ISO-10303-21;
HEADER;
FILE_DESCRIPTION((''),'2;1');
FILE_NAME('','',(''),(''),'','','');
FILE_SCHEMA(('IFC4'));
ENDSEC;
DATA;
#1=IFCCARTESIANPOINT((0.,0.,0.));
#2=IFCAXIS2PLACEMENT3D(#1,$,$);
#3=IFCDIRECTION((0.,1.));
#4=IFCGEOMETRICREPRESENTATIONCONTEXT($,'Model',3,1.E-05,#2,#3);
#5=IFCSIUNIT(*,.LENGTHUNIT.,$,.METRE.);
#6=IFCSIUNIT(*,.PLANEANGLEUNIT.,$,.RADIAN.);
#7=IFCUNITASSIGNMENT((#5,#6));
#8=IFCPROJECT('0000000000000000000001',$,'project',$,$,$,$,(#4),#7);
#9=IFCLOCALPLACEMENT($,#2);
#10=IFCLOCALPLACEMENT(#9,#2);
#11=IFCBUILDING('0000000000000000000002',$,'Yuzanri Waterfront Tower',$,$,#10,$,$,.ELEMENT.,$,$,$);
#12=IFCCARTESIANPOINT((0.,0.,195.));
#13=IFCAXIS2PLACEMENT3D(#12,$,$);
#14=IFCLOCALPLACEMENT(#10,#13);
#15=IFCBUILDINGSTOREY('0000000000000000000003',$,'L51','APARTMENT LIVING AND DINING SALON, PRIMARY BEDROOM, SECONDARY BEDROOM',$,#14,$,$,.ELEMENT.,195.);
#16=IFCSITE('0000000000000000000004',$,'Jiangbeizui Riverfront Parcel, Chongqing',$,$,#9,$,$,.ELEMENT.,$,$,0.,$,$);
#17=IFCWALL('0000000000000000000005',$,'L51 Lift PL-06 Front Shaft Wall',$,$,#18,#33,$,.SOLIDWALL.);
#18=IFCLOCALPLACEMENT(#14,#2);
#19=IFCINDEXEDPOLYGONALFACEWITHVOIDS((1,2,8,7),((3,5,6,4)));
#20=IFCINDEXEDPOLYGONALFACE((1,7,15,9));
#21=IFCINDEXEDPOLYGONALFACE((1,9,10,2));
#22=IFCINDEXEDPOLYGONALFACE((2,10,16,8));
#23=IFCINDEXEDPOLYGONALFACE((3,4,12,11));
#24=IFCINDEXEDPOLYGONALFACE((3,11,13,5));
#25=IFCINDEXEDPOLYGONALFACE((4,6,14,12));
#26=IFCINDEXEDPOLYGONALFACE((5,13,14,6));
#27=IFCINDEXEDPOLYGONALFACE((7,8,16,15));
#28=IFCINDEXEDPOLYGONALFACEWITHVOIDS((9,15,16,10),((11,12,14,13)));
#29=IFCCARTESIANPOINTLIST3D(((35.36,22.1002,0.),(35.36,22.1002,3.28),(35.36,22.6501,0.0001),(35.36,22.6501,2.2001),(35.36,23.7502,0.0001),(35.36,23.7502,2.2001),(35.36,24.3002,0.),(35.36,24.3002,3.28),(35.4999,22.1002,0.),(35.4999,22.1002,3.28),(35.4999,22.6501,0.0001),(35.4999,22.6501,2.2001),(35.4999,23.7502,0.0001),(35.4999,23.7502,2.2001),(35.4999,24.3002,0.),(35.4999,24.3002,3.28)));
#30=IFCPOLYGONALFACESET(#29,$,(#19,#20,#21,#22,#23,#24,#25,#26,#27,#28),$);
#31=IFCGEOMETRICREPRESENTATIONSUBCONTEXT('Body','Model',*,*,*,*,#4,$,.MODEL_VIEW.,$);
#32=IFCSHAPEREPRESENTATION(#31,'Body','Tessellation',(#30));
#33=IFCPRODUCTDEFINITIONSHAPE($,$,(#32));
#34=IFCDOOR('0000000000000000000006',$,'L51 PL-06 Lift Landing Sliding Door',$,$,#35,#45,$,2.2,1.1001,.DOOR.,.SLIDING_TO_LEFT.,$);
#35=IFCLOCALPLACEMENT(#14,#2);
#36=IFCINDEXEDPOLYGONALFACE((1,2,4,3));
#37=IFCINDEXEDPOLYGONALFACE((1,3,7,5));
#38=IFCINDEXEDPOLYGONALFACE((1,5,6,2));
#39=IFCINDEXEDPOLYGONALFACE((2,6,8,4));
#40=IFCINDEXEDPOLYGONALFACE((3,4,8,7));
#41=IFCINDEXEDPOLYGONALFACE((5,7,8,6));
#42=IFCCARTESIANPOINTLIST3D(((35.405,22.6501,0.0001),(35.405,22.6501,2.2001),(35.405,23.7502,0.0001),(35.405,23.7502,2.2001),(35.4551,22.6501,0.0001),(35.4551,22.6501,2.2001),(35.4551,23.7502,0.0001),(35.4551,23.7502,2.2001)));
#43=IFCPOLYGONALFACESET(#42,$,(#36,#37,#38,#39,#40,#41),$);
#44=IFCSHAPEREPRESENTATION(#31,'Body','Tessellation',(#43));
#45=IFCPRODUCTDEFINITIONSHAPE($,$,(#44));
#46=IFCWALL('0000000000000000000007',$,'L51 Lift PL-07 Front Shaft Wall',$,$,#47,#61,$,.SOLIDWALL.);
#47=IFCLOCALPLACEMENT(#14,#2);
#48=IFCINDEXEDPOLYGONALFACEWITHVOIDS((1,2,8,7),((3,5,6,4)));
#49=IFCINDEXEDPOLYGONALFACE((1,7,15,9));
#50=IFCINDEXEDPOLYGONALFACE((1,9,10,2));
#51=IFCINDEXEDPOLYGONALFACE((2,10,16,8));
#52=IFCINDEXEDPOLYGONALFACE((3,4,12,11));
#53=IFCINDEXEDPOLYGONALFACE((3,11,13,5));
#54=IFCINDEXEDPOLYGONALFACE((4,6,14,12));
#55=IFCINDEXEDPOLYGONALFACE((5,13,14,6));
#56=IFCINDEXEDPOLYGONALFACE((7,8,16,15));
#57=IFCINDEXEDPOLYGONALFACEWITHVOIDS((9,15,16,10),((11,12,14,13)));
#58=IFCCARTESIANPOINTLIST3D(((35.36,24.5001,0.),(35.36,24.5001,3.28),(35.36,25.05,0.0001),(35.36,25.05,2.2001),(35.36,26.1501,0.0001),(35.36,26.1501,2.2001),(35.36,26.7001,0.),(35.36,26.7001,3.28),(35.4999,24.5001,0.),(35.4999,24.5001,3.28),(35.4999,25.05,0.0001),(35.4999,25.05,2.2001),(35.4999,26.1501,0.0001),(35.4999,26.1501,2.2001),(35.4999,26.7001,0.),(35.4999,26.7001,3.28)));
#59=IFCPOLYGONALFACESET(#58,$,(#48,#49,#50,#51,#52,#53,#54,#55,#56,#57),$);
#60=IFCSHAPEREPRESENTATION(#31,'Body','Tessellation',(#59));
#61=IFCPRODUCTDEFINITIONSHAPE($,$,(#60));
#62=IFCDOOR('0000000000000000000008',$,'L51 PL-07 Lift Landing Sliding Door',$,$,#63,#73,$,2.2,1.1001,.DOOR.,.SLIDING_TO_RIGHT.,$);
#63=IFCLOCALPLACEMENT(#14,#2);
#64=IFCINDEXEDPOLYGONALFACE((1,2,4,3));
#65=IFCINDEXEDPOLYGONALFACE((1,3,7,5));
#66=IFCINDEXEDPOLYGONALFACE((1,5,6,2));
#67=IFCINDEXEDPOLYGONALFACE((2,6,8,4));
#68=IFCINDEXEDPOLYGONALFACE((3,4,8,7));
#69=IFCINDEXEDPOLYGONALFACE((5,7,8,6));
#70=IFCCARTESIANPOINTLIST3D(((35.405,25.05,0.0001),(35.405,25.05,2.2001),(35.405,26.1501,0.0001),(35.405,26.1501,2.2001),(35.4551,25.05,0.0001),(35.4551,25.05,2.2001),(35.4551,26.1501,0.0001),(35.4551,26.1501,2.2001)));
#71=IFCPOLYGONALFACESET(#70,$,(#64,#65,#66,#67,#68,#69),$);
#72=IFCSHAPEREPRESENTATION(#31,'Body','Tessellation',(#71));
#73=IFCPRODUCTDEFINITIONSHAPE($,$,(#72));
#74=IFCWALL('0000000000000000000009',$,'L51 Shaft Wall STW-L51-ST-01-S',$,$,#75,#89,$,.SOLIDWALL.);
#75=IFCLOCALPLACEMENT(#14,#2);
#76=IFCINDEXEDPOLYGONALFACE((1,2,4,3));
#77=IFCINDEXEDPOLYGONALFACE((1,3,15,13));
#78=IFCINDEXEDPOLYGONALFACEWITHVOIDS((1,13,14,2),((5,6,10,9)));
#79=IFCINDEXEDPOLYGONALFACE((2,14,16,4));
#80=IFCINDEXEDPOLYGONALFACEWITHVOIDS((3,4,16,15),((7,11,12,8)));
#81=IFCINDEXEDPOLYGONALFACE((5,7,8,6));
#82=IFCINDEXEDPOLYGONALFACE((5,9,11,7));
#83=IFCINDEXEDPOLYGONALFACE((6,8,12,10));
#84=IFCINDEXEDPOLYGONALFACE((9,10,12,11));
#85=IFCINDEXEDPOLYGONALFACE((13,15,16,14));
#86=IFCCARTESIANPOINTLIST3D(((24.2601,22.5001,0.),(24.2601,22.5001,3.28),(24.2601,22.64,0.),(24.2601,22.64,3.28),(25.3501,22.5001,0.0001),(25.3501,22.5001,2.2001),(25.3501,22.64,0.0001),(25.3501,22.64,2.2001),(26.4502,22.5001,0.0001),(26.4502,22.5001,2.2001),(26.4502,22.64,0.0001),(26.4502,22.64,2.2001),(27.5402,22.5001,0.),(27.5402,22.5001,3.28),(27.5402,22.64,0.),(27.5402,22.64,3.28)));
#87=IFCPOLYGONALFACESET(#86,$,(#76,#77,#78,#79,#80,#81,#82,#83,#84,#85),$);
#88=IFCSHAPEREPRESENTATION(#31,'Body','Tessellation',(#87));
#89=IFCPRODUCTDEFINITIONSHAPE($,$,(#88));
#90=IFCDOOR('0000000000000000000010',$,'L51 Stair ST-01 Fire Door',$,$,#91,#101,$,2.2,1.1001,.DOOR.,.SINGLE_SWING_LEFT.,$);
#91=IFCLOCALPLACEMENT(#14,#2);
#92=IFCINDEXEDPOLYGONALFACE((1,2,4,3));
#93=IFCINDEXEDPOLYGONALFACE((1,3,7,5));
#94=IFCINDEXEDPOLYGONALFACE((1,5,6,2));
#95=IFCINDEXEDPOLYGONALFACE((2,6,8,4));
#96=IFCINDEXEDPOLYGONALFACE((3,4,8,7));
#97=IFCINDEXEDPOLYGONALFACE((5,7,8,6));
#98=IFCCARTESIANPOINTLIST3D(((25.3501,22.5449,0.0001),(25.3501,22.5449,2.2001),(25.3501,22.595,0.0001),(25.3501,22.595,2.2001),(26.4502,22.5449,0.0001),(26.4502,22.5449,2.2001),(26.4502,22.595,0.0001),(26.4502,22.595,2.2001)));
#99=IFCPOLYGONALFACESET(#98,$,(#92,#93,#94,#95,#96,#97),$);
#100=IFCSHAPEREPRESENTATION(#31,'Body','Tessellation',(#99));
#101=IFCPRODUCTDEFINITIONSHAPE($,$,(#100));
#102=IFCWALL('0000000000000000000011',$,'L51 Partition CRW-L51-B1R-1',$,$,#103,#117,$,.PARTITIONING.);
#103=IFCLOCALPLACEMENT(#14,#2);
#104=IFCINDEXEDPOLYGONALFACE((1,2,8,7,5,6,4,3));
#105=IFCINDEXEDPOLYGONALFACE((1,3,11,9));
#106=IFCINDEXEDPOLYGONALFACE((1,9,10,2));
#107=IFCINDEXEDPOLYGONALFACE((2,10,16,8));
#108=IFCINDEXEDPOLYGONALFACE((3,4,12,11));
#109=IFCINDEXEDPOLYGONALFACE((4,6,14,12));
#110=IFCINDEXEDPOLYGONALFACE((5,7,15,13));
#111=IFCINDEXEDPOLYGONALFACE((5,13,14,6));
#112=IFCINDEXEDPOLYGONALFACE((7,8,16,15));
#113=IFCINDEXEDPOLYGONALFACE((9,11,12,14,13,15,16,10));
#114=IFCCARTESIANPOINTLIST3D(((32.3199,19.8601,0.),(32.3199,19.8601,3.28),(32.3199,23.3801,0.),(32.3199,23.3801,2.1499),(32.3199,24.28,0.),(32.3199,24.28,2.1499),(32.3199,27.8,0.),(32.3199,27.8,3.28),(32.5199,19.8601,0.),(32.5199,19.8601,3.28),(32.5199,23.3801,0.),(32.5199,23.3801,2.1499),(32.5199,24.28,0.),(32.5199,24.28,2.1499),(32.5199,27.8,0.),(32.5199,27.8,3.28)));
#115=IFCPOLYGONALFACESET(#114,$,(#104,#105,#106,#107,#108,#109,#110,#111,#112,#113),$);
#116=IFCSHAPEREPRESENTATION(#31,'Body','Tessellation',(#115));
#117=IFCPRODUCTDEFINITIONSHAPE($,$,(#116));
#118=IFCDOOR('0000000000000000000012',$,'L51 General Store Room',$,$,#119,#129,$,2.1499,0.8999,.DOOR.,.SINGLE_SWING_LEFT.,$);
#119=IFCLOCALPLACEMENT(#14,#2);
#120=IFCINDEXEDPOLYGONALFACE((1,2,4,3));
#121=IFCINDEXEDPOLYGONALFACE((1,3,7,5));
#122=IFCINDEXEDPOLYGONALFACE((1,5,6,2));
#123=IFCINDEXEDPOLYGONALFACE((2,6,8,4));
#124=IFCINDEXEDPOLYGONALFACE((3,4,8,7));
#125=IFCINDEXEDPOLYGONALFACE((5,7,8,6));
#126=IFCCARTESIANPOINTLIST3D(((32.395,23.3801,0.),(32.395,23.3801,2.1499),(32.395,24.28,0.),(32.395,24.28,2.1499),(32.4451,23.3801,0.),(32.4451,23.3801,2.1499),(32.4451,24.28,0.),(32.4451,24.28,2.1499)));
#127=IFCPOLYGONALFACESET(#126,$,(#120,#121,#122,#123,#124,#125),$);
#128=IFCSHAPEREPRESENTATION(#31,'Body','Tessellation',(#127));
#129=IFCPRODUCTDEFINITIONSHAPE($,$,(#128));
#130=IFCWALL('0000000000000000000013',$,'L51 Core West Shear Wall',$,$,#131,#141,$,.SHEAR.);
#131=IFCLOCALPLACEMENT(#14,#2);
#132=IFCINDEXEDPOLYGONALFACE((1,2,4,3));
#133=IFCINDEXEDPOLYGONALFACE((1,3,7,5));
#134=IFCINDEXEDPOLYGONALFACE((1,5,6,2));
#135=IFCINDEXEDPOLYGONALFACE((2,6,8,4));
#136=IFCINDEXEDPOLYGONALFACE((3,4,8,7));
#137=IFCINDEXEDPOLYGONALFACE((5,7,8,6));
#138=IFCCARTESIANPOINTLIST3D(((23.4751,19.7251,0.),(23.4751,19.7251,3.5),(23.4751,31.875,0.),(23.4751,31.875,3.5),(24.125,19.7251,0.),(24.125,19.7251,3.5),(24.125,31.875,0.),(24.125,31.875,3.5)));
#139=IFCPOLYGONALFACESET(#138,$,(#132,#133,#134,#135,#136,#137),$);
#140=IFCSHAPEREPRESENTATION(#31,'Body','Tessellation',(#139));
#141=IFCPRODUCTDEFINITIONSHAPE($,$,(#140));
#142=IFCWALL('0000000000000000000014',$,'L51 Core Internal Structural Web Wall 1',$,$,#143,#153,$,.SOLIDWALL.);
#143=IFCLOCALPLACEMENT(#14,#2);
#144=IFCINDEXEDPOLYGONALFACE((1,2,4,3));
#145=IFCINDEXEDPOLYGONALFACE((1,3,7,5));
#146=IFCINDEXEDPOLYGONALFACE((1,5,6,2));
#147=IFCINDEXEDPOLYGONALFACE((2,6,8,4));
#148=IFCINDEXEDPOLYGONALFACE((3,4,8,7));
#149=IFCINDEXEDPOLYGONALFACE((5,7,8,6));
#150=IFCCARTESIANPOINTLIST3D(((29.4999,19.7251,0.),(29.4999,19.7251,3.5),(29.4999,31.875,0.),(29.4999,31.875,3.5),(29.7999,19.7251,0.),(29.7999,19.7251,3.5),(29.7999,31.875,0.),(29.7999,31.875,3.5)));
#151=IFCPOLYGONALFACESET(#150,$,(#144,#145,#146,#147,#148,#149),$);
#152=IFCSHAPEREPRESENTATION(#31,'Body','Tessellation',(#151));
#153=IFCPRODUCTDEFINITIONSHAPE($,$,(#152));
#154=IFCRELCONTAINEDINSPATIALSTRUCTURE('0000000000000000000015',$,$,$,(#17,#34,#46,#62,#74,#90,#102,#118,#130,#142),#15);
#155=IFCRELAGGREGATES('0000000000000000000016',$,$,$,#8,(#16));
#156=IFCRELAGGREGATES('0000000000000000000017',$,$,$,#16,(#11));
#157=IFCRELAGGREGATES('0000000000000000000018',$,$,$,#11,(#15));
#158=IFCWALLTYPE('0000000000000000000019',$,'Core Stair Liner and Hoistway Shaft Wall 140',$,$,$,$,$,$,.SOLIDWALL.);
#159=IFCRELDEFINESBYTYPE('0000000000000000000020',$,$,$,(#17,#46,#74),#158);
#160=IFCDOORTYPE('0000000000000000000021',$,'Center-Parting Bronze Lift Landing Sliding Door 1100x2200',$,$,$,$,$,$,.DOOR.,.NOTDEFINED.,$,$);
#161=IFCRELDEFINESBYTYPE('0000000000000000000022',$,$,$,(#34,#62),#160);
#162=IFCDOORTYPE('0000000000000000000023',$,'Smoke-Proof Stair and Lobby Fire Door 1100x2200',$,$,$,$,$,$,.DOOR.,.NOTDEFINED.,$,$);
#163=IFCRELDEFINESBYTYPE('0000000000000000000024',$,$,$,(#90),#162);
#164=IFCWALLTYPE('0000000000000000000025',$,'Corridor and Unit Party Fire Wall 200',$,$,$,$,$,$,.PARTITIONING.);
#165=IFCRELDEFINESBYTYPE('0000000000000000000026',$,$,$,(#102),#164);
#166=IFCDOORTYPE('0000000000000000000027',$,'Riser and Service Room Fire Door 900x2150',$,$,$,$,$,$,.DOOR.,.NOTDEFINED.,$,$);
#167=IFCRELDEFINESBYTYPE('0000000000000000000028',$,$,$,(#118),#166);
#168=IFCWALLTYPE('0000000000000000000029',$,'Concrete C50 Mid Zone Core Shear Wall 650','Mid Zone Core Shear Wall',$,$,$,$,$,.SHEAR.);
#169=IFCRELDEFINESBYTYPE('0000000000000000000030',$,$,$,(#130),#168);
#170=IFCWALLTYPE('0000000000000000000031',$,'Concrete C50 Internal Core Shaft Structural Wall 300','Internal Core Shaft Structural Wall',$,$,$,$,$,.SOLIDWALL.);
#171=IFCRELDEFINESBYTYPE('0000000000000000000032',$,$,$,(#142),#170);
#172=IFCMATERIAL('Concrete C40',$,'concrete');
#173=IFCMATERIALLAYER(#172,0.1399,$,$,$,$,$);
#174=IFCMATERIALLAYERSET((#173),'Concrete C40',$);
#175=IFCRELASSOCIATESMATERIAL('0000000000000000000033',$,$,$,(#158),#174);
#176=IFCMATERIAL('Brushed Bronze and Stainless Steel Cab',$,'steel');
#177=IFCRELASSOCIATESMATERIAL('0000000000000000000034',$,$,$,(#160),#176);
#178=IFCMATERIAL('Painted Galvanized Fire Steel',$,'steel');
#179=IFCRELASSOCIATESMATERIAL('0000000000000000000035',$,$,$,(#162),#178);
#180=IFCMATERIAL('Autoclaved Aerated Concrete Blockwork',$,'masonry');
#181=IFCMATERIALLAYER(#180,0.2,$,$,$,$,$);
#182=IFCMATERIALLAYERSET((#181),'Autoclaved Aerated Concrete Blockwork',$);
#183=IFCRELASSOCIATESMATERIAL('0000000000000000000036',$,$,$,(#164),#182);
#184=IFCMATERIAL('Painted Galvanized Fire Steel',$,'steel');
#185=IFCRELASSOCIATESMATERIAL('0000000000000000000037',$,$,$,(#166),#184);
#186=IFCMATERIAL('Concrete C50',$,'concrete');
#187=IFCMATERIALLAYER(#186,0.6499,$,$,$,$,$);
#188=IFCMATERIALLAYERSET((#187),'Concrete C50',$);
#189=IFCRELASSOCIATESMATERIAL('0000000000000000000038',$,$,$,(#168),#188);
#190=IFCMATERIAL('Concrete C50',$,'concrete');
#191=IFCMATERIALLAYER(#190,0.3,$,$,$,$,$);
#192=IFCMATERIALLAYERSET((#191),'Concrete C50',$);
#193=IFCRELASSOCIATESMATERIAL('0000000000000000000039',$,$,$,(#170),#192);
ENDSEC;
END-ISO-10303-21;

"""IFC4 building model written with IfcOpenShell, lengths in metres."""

from ifc_helpers import new_model, si_unit, direction, frame, frame_2d, origin, place, context, subcontext, project, spatial, rectangle, extrude, source, transform, mapped, material, layer, layer_set, type_object, element, fill, save


model = new_model("IFC4")

# Units and contexts
model_context = context("Model", 3, precision=1e-05, world=origin(), true_north=direction((0.0, 1.0)))
body_context = subcontext(model_context, "Body", "Model", "MODEL_VIEW")
ifc_project = project(units=[si_unit("LENGTHUNIT", "METRE"), si_unit("PLANEANGLEUNIT", "RADIAN")], contexts=[model_context])

# Site, building, storey
site_placement = place(None, origin())
site = spatial("IfcSite", under=ifc_project, at=site_placement, Name="Jiangbeizui Riverfront Parcel, Chongqing", CompositionType="ELEMENT", RefElevation=0.0)
building_placement = place(site_placement, origin())
building = spatial("IfcBuilding", under=site, at=building_placement, Name="Yuzanri Waterfront Tower", CompositionType="ELEMENT")
storey_placement = place(building_placement, frame((0.0, 0.0, 195.0)))
storey = spatial("IfcBuildingStorey", under=building, at=storey_placement, Name="L51", Description="APARTMENT LIVING AND DINING SALON, PRIMARY BEDROOM, SECONDARY BEDROOM", CompositionType="ELEMENT", Elevation=195.0)

# Walls, openings, doors
ifc_material_1 = material(Name="Concrete C40", Category="concrete")
ifc_layer_1 = layer(ifc_material_1, 0.1399)
ifc_layer_set_1 = layer_set([ifc_layer_1], Name="Concrete C40")
wall_type_1 = type_object("IfcWallType", Name="Core Stair Liner and Hoistway Shaft Wall 140", PredefinedType="SOLIDWALL", material=ifc_layer_set_1)
ifc_material_2 = material(Name="Brushed Bronze and Stainless Steel Cab", Category="steel")
door_type_1 = type_object("IfcDoorType", Name="Center-Parting Bronze Lift Landing Sliding Door 1100x2200", OperationType="NOTDEFINED", PredefinedType="DOOR", material=ifc_material_2)
shared_shape_1 = source(origin(), body_context, "Body", "SweptSolid", [
    extrude(rectangle(XDim=1.1001, YDim=2.2, at=frame_2d((0.55, 1.1001))), frame((0.0, 0.0249, 0.0), z_axis=(0.0, -1.0, 0.0), x_axis=(1.0, 0.0, 0.0)), (0.0, 0.0, 1.0), 0.05),
])
wall_1_placement = place(storey_placement, frame((35.4299, 22.1001, 0.0), z_axis=(0.0, 0.0, 1.0), x_axis=(0.0, 1.0, 0.0)))
wall_1 = element("IfcWall", 1, at=wall_1_placement, inside=storey, type_object=wall_type_1, Name="L51 Lift PL-06 Front Shaft Wall", PredefinedType="SOLIDWALL", context=body_context, shape_type="SweptSolid", body=[
    extrude(rectangle(XDim=2.2, YDim=0.1399, at=frame_2d((1.1001, 0.0))), origin(), (0.0, 0.0, 1.0), 3.28),
])
opening_1_placement = place(wall_1_placement, frame((0.55, 0.0, 0.0)))
opening_1 = element("IfcOpeningElement", 2, at=opening_1_placement, cuts=wall_1, PredefinedType="OPENING", context=body_context, shape_type="SweptSolid", body=[
    extrude(rectangle(XDim=1.1001, YDim=2.2, at=frame_2d((0.55, 1.1001))), frame((0.0, 0.085, 0.0), z_axis=(0.0, -1.0, 0.0), x_axis=(1.0, 0.0, 0.0)), (0.0, 0.0, 1.0), 0.1697),
])
door_1_placement = place(opening_1_placement, origin())
door_1 = element("IfcDoor", 3, at=door_1_placement, inside=storey, type_object=door_type_1, Name="L51 PL-06 Lift Landing Sliding Door", OperationType="SLIDING_TO_LEFT", OverallHeight=2.2, OverallWidth=1.1001, PredefinedType="DOOR", context=body_context, shape_type="MappedRepresentation", body=[
    mapped(shared_shape_1, transform((0.0, 0.0, 0.0), scale=1.0)),
])
fill(opening_1, door_1)
wall_2_placement = place(storey_placement, frame((35.4299, 24.5, 0.0), z_axis=(0.0, 0.0, 1.0), x_axis=(0.0, 1.0, 0.0)))
wall_2 = element("IfcWall", 4, at=wall_2_placement, inside=storey, type_object=wall_type_1, Name="L51 Lift PL-07 Front Shaft Wall", PredefinedType="SOLIDWALL", context=body_context, shape_type="SweptSolid", body=[
    extrude(rectangle(XDim=2.2, YDim=0.1399, at=frame_2d((1.1001, 0.0))), origin(), (0.0, 0.0, 1.0), 3.28),
])
opening_2_placement = place(wall_2_placement, frame((0.55, 0.0, 0.0)))
opening_2 = element("IfcOpeningElement", 5, at=opening_2_placement, cuts=wall_2, PredefinedType="OPENING", context=body_context, shape_type="SweptSolid", body=[
    extrude(rectangle(XDim=1.1001, YDim=2.2, at=frame_2d((0.55, 1.1001))), frame((0.0, 0.085, 0.0), z_axis=(0.0, -1.0, 0.0), x_axis=(1.0, 0.0, 0.0)), (0.0, 0.0, 1.0), 0.1697),
])
door_2_placement = place(opening_2_placement, origin())
door_2 = element("IfcDoor", 6, at=door_2_placement, inside=storey, type_object=door_type_1, Name="L51 PL-07 Lift Landing Sliding Door", OperationType="SLIDING_TO_RIGHT", OverallHeight=2.2, OverallWidth=1.1001, PredefinedType="DOOR", context=body_context, shape_type="MappedRepresentation", body=[
    mapped(shared_shape_1, transform((0.0, 0.0, 0.0), scale=1.0)),
])
fill(opening_2, door_2)
wall_3_placement = place(storey_placement, frame((24.26, 22.5701, 0.0), z_axis=(0.0, 0.0, 1.0), x_axis=(1.0, 0.0, 0.0)))
wall_3 = element("IfcWall", 7, at=wall_3_placement, inside=storey, type_object=wall_type_1, Name="L51 Shaft Wall STW-L51-ST-01-S", PredefinedType="SOLIDWALL", context=body_context, shape_type="SweptSolid", body=[
    extrude(rectangle(XDim=3.28, YDim=0.1399, at=frame_2d((1.6401, 0.0))), origin(), (0.0, 0.0, 1.0), 3.28),
])
opening_3_placement = place(wall_3_placement, frame((1.0901, 0.0, 0.0)))
opening_3 = element("IfcOpeningElement", 8, at=opening_3_placement, cuts=wall_3, PredefinedType="OPENING", context=body_context, shape_type="SweptSolid", body=[
    extrude(rectangle(XDim=1.1001, YDim=2.2, at=frame_2d((0.55, 1.1001))), frame((0.0, 0.085, 0.0), z_axis=(0.0, -1.0, 0.0), x_axis=(1.0, 0.0, 0.0)), (0.0, 0.0, 1.0), 0.1697),
])
ifc_material_3 = material(Name="Painted Galvanized Fire Steel", Category="steel")
door_type_2 = type_object("IfcDoorType", Name="Smoke-Proof Stair and Lobby Fire Door 1100x2200", OperationType="NOTDEFINED", PredefinedType="DOOR", material=ifc_material_3)
shared_shape_2 = source(origin(), body_context, "Body", "SweptSolid", [
    extrude(rectangle(XDim=1.1001, YDim=2.2, at=frame_2d((0.55, 1.1001))), frame((0.0, 0.0249, 0.0), z_axis=(0.0, -1.0, 0.0), x_axis=(1.0, 0.0, 0.0)), (0.0, 0.0, 1.0), 0.05),
])
door_3_placement = place(opening_3_placement, origin())
door_3 = element("IfcDoor", 9, at=door_3_placement, inside=storey, type_object=door_type_2, Name="L51 Stair ST-01 Fire Door", OperationType="SINGLE_SWING_LEFT", OverallHeight=2.2, OverallWidth=1.1001, PredefinedType="DOOR", context=body_context, shape_type="MappedRepresentation", body=[
    mapped(shared_shape_2, transform((0.0, 0.0, 0.0), scale=1.0)),
])
fill(opening_3, door_3)
ifc_material_4 = material(Name="Autoclaved Aerated Concrete Blockwork", Category="masonry")
ifc_layer_2 = layer(ifc_material_4, 0.2)
ifc_layer_set_2 = layer_set([ifc_layer_2], Name="Autoclaved Aerated Concrete Blockwork")
wall_type_2 = type_object("IfcWallType", Name="Corridor and Unit Party Fire Wall 200", PredefinedType="PARTITIONING", material=ifc_layer_set_2)
wall_4_placement = place(storey_placement, frame((32.4199, 19.8601, 0.0), z_axis=(0.0, 0.0, 1.0), x_axis=(0.0, 1.0, 0.0)))
wall_4 = element("IfcWall", 10, at=wall_4_placement, inside=storey, type_object=wall_type_2, Name="L51 Partition CRW-L51-B1R-1", PredefinedType="PARTITIONING", context=body_context, shape_type="SweptSolid", body=[
    extrude(rectangle(XDim=7.9399, YDim=0.2, at=frame_2d((3.97, 0.0))), origin(), (0.0, 0.0, 1.0), 3.28),
])
opening_4_placement = place(wall_4_placement, frame((3.52, 0.0, 0.0)))
opening_4 = element("IfcOpeningElement", 11, at=opening_4_placement, cuts=wall_4, PredefinedType="OPENING", context=body_context, shape_type="SweptSolid", body=[
    extrude(rectangle(XDim=0.8999, YDim=2.1499, at=frame_2d((0.45, 1.075))), frame((0.0, 0.1147, 0.0), z_axis=(0.0, -1.0, 0.0), x_axis=(1.0, 0.0, 0.0)), (0.0, 0.0, 1.0), 0.2297),
])
ifc_material_5 = material(Name="Painted Galvanized Fire Steel", Category="steel")
door_type_3 = type_object("IfcDoorType", Name="Riser and Service Room Fire Door 900x2150", OperationType="NOTDEFINED", PredefinedType="DOOR", material=ifc_material_5)
shared_shape_3 = source(origin(), body_context, "Body", "SweptSolid", [
    extrude(rectangle(XDim=0.8999, YDim=2.1499, at=frame_2d((0.45, 1.075))), frame((0.0, 0.0249, 0.0), z_axis=(0.0, -1.0, 0.0), x_axis=(1.0, 0.0, 0.0)), (0.0, 0.0, 1.0), 0.05),
])
door_4_placement = place(opening_4_placement, origin())
door_4 = element("IfcDoor", 12, at=door_4_placement, inside=storey, type_object=door_type_3, Name="L51 General Store Room", OperationType="SINGLE_SWING_LEFT", OverallHeight=2.1499, OverallWidth=0.8999, PredefinedType="DOOR", context=body_context, shape_type="MappedRepresentation", body=[
    mapped(shared_shape_3, transform((0.0, 0.0, 0.0), scale=1.0)),
])
fill(opening_4, door_4)

# Walls
ifc_material_6 = material(Name="Concrete C50", Category="concrete")
ifc_layer_3 = layer(ifc_material_6, 0.6499)
ifc_layer_set_3 = layer_set([ifc_layer_3], Name="Concrete C50")
wall_type_3 = type_object("IfcWallType", Name="Concrete C50 Mid Zone Core Shear Wall 650", Description="Mid Zone Core Shear Wall", PredefinedType="SHEAR", material=ifc_layer_set_3)
shared_shape_4 = source(origin(), body_context, "Body", "SweptSolid", [
    extrude(rectangle(XDim=12.1499, YDim=0.6499, at=frame_2d((6.075, 0.0))), origin(), (0.0, 0.0, 1.0), 3.5),
])
wall_5_placement = place(storey_placement, frame((23.8, 19.7251, 0.0), z_axis=(0.0, 0.0, 1.0), x_axis=(0.0, 1.0, 0.0)))
element("IfcWall", 13, at=wall_5_placement, inside=storey, type_object=wall_type_3, Name="L51 Core West Shear Wall", PredefinedType="SHEAR", context=body_context, shape_type="MappedRepresentation", body=[
    mapped(shared_shape_4, transform((0.0, 0.0, 0.0), scale=1.0)),
])
ifc_material_7 = material(Name="Concrete C50", Category="concrete")
ifc_layer_4 = layer(ifc_material_7, 0.3)
ifc_layer_set_4 = layer_set([ifc_layer_4], Name="Concrete C50")
wall_type_4 = type_object("IfcWallType", Name="Concrete C50 Internal Core Shaft Structural Wall 300", Description="Internal Core Shaft Structural Wall", PredefinedType="SOLIDWALL", material=ifc_layer_set_4)
shared_shape_5 = source(origin(), body_context, "Body", "SweptSolid", [
    extrude(rectangle(XDim=12.1499, YDim=0.3, at=frame_2d((6.075, 0.0))), origin(), (0.0, 0.0, 1.0), 3.5),
])
wall_6_placement = place(storey_placement, frame((29.6499, 19.7251, 0.0), z_axis=(0.0, 0.0, 1.0), x_axis=(0.0, 1.0, 0.0)))
element("IfcWall", 14, at=wall_6_placement, inside=storey, type_object=wall_type_4, Name="L51 Core Internal Structural Web Wall 1", PredefinedType="SOLIDWALL", context=body_context, shape_type="MappedRepresentation", body=[
    mapped(shared_shape_5, transform((0.0, 0.0, 0.0), scale=1.0)),
])

save(model, "model.ifc")
